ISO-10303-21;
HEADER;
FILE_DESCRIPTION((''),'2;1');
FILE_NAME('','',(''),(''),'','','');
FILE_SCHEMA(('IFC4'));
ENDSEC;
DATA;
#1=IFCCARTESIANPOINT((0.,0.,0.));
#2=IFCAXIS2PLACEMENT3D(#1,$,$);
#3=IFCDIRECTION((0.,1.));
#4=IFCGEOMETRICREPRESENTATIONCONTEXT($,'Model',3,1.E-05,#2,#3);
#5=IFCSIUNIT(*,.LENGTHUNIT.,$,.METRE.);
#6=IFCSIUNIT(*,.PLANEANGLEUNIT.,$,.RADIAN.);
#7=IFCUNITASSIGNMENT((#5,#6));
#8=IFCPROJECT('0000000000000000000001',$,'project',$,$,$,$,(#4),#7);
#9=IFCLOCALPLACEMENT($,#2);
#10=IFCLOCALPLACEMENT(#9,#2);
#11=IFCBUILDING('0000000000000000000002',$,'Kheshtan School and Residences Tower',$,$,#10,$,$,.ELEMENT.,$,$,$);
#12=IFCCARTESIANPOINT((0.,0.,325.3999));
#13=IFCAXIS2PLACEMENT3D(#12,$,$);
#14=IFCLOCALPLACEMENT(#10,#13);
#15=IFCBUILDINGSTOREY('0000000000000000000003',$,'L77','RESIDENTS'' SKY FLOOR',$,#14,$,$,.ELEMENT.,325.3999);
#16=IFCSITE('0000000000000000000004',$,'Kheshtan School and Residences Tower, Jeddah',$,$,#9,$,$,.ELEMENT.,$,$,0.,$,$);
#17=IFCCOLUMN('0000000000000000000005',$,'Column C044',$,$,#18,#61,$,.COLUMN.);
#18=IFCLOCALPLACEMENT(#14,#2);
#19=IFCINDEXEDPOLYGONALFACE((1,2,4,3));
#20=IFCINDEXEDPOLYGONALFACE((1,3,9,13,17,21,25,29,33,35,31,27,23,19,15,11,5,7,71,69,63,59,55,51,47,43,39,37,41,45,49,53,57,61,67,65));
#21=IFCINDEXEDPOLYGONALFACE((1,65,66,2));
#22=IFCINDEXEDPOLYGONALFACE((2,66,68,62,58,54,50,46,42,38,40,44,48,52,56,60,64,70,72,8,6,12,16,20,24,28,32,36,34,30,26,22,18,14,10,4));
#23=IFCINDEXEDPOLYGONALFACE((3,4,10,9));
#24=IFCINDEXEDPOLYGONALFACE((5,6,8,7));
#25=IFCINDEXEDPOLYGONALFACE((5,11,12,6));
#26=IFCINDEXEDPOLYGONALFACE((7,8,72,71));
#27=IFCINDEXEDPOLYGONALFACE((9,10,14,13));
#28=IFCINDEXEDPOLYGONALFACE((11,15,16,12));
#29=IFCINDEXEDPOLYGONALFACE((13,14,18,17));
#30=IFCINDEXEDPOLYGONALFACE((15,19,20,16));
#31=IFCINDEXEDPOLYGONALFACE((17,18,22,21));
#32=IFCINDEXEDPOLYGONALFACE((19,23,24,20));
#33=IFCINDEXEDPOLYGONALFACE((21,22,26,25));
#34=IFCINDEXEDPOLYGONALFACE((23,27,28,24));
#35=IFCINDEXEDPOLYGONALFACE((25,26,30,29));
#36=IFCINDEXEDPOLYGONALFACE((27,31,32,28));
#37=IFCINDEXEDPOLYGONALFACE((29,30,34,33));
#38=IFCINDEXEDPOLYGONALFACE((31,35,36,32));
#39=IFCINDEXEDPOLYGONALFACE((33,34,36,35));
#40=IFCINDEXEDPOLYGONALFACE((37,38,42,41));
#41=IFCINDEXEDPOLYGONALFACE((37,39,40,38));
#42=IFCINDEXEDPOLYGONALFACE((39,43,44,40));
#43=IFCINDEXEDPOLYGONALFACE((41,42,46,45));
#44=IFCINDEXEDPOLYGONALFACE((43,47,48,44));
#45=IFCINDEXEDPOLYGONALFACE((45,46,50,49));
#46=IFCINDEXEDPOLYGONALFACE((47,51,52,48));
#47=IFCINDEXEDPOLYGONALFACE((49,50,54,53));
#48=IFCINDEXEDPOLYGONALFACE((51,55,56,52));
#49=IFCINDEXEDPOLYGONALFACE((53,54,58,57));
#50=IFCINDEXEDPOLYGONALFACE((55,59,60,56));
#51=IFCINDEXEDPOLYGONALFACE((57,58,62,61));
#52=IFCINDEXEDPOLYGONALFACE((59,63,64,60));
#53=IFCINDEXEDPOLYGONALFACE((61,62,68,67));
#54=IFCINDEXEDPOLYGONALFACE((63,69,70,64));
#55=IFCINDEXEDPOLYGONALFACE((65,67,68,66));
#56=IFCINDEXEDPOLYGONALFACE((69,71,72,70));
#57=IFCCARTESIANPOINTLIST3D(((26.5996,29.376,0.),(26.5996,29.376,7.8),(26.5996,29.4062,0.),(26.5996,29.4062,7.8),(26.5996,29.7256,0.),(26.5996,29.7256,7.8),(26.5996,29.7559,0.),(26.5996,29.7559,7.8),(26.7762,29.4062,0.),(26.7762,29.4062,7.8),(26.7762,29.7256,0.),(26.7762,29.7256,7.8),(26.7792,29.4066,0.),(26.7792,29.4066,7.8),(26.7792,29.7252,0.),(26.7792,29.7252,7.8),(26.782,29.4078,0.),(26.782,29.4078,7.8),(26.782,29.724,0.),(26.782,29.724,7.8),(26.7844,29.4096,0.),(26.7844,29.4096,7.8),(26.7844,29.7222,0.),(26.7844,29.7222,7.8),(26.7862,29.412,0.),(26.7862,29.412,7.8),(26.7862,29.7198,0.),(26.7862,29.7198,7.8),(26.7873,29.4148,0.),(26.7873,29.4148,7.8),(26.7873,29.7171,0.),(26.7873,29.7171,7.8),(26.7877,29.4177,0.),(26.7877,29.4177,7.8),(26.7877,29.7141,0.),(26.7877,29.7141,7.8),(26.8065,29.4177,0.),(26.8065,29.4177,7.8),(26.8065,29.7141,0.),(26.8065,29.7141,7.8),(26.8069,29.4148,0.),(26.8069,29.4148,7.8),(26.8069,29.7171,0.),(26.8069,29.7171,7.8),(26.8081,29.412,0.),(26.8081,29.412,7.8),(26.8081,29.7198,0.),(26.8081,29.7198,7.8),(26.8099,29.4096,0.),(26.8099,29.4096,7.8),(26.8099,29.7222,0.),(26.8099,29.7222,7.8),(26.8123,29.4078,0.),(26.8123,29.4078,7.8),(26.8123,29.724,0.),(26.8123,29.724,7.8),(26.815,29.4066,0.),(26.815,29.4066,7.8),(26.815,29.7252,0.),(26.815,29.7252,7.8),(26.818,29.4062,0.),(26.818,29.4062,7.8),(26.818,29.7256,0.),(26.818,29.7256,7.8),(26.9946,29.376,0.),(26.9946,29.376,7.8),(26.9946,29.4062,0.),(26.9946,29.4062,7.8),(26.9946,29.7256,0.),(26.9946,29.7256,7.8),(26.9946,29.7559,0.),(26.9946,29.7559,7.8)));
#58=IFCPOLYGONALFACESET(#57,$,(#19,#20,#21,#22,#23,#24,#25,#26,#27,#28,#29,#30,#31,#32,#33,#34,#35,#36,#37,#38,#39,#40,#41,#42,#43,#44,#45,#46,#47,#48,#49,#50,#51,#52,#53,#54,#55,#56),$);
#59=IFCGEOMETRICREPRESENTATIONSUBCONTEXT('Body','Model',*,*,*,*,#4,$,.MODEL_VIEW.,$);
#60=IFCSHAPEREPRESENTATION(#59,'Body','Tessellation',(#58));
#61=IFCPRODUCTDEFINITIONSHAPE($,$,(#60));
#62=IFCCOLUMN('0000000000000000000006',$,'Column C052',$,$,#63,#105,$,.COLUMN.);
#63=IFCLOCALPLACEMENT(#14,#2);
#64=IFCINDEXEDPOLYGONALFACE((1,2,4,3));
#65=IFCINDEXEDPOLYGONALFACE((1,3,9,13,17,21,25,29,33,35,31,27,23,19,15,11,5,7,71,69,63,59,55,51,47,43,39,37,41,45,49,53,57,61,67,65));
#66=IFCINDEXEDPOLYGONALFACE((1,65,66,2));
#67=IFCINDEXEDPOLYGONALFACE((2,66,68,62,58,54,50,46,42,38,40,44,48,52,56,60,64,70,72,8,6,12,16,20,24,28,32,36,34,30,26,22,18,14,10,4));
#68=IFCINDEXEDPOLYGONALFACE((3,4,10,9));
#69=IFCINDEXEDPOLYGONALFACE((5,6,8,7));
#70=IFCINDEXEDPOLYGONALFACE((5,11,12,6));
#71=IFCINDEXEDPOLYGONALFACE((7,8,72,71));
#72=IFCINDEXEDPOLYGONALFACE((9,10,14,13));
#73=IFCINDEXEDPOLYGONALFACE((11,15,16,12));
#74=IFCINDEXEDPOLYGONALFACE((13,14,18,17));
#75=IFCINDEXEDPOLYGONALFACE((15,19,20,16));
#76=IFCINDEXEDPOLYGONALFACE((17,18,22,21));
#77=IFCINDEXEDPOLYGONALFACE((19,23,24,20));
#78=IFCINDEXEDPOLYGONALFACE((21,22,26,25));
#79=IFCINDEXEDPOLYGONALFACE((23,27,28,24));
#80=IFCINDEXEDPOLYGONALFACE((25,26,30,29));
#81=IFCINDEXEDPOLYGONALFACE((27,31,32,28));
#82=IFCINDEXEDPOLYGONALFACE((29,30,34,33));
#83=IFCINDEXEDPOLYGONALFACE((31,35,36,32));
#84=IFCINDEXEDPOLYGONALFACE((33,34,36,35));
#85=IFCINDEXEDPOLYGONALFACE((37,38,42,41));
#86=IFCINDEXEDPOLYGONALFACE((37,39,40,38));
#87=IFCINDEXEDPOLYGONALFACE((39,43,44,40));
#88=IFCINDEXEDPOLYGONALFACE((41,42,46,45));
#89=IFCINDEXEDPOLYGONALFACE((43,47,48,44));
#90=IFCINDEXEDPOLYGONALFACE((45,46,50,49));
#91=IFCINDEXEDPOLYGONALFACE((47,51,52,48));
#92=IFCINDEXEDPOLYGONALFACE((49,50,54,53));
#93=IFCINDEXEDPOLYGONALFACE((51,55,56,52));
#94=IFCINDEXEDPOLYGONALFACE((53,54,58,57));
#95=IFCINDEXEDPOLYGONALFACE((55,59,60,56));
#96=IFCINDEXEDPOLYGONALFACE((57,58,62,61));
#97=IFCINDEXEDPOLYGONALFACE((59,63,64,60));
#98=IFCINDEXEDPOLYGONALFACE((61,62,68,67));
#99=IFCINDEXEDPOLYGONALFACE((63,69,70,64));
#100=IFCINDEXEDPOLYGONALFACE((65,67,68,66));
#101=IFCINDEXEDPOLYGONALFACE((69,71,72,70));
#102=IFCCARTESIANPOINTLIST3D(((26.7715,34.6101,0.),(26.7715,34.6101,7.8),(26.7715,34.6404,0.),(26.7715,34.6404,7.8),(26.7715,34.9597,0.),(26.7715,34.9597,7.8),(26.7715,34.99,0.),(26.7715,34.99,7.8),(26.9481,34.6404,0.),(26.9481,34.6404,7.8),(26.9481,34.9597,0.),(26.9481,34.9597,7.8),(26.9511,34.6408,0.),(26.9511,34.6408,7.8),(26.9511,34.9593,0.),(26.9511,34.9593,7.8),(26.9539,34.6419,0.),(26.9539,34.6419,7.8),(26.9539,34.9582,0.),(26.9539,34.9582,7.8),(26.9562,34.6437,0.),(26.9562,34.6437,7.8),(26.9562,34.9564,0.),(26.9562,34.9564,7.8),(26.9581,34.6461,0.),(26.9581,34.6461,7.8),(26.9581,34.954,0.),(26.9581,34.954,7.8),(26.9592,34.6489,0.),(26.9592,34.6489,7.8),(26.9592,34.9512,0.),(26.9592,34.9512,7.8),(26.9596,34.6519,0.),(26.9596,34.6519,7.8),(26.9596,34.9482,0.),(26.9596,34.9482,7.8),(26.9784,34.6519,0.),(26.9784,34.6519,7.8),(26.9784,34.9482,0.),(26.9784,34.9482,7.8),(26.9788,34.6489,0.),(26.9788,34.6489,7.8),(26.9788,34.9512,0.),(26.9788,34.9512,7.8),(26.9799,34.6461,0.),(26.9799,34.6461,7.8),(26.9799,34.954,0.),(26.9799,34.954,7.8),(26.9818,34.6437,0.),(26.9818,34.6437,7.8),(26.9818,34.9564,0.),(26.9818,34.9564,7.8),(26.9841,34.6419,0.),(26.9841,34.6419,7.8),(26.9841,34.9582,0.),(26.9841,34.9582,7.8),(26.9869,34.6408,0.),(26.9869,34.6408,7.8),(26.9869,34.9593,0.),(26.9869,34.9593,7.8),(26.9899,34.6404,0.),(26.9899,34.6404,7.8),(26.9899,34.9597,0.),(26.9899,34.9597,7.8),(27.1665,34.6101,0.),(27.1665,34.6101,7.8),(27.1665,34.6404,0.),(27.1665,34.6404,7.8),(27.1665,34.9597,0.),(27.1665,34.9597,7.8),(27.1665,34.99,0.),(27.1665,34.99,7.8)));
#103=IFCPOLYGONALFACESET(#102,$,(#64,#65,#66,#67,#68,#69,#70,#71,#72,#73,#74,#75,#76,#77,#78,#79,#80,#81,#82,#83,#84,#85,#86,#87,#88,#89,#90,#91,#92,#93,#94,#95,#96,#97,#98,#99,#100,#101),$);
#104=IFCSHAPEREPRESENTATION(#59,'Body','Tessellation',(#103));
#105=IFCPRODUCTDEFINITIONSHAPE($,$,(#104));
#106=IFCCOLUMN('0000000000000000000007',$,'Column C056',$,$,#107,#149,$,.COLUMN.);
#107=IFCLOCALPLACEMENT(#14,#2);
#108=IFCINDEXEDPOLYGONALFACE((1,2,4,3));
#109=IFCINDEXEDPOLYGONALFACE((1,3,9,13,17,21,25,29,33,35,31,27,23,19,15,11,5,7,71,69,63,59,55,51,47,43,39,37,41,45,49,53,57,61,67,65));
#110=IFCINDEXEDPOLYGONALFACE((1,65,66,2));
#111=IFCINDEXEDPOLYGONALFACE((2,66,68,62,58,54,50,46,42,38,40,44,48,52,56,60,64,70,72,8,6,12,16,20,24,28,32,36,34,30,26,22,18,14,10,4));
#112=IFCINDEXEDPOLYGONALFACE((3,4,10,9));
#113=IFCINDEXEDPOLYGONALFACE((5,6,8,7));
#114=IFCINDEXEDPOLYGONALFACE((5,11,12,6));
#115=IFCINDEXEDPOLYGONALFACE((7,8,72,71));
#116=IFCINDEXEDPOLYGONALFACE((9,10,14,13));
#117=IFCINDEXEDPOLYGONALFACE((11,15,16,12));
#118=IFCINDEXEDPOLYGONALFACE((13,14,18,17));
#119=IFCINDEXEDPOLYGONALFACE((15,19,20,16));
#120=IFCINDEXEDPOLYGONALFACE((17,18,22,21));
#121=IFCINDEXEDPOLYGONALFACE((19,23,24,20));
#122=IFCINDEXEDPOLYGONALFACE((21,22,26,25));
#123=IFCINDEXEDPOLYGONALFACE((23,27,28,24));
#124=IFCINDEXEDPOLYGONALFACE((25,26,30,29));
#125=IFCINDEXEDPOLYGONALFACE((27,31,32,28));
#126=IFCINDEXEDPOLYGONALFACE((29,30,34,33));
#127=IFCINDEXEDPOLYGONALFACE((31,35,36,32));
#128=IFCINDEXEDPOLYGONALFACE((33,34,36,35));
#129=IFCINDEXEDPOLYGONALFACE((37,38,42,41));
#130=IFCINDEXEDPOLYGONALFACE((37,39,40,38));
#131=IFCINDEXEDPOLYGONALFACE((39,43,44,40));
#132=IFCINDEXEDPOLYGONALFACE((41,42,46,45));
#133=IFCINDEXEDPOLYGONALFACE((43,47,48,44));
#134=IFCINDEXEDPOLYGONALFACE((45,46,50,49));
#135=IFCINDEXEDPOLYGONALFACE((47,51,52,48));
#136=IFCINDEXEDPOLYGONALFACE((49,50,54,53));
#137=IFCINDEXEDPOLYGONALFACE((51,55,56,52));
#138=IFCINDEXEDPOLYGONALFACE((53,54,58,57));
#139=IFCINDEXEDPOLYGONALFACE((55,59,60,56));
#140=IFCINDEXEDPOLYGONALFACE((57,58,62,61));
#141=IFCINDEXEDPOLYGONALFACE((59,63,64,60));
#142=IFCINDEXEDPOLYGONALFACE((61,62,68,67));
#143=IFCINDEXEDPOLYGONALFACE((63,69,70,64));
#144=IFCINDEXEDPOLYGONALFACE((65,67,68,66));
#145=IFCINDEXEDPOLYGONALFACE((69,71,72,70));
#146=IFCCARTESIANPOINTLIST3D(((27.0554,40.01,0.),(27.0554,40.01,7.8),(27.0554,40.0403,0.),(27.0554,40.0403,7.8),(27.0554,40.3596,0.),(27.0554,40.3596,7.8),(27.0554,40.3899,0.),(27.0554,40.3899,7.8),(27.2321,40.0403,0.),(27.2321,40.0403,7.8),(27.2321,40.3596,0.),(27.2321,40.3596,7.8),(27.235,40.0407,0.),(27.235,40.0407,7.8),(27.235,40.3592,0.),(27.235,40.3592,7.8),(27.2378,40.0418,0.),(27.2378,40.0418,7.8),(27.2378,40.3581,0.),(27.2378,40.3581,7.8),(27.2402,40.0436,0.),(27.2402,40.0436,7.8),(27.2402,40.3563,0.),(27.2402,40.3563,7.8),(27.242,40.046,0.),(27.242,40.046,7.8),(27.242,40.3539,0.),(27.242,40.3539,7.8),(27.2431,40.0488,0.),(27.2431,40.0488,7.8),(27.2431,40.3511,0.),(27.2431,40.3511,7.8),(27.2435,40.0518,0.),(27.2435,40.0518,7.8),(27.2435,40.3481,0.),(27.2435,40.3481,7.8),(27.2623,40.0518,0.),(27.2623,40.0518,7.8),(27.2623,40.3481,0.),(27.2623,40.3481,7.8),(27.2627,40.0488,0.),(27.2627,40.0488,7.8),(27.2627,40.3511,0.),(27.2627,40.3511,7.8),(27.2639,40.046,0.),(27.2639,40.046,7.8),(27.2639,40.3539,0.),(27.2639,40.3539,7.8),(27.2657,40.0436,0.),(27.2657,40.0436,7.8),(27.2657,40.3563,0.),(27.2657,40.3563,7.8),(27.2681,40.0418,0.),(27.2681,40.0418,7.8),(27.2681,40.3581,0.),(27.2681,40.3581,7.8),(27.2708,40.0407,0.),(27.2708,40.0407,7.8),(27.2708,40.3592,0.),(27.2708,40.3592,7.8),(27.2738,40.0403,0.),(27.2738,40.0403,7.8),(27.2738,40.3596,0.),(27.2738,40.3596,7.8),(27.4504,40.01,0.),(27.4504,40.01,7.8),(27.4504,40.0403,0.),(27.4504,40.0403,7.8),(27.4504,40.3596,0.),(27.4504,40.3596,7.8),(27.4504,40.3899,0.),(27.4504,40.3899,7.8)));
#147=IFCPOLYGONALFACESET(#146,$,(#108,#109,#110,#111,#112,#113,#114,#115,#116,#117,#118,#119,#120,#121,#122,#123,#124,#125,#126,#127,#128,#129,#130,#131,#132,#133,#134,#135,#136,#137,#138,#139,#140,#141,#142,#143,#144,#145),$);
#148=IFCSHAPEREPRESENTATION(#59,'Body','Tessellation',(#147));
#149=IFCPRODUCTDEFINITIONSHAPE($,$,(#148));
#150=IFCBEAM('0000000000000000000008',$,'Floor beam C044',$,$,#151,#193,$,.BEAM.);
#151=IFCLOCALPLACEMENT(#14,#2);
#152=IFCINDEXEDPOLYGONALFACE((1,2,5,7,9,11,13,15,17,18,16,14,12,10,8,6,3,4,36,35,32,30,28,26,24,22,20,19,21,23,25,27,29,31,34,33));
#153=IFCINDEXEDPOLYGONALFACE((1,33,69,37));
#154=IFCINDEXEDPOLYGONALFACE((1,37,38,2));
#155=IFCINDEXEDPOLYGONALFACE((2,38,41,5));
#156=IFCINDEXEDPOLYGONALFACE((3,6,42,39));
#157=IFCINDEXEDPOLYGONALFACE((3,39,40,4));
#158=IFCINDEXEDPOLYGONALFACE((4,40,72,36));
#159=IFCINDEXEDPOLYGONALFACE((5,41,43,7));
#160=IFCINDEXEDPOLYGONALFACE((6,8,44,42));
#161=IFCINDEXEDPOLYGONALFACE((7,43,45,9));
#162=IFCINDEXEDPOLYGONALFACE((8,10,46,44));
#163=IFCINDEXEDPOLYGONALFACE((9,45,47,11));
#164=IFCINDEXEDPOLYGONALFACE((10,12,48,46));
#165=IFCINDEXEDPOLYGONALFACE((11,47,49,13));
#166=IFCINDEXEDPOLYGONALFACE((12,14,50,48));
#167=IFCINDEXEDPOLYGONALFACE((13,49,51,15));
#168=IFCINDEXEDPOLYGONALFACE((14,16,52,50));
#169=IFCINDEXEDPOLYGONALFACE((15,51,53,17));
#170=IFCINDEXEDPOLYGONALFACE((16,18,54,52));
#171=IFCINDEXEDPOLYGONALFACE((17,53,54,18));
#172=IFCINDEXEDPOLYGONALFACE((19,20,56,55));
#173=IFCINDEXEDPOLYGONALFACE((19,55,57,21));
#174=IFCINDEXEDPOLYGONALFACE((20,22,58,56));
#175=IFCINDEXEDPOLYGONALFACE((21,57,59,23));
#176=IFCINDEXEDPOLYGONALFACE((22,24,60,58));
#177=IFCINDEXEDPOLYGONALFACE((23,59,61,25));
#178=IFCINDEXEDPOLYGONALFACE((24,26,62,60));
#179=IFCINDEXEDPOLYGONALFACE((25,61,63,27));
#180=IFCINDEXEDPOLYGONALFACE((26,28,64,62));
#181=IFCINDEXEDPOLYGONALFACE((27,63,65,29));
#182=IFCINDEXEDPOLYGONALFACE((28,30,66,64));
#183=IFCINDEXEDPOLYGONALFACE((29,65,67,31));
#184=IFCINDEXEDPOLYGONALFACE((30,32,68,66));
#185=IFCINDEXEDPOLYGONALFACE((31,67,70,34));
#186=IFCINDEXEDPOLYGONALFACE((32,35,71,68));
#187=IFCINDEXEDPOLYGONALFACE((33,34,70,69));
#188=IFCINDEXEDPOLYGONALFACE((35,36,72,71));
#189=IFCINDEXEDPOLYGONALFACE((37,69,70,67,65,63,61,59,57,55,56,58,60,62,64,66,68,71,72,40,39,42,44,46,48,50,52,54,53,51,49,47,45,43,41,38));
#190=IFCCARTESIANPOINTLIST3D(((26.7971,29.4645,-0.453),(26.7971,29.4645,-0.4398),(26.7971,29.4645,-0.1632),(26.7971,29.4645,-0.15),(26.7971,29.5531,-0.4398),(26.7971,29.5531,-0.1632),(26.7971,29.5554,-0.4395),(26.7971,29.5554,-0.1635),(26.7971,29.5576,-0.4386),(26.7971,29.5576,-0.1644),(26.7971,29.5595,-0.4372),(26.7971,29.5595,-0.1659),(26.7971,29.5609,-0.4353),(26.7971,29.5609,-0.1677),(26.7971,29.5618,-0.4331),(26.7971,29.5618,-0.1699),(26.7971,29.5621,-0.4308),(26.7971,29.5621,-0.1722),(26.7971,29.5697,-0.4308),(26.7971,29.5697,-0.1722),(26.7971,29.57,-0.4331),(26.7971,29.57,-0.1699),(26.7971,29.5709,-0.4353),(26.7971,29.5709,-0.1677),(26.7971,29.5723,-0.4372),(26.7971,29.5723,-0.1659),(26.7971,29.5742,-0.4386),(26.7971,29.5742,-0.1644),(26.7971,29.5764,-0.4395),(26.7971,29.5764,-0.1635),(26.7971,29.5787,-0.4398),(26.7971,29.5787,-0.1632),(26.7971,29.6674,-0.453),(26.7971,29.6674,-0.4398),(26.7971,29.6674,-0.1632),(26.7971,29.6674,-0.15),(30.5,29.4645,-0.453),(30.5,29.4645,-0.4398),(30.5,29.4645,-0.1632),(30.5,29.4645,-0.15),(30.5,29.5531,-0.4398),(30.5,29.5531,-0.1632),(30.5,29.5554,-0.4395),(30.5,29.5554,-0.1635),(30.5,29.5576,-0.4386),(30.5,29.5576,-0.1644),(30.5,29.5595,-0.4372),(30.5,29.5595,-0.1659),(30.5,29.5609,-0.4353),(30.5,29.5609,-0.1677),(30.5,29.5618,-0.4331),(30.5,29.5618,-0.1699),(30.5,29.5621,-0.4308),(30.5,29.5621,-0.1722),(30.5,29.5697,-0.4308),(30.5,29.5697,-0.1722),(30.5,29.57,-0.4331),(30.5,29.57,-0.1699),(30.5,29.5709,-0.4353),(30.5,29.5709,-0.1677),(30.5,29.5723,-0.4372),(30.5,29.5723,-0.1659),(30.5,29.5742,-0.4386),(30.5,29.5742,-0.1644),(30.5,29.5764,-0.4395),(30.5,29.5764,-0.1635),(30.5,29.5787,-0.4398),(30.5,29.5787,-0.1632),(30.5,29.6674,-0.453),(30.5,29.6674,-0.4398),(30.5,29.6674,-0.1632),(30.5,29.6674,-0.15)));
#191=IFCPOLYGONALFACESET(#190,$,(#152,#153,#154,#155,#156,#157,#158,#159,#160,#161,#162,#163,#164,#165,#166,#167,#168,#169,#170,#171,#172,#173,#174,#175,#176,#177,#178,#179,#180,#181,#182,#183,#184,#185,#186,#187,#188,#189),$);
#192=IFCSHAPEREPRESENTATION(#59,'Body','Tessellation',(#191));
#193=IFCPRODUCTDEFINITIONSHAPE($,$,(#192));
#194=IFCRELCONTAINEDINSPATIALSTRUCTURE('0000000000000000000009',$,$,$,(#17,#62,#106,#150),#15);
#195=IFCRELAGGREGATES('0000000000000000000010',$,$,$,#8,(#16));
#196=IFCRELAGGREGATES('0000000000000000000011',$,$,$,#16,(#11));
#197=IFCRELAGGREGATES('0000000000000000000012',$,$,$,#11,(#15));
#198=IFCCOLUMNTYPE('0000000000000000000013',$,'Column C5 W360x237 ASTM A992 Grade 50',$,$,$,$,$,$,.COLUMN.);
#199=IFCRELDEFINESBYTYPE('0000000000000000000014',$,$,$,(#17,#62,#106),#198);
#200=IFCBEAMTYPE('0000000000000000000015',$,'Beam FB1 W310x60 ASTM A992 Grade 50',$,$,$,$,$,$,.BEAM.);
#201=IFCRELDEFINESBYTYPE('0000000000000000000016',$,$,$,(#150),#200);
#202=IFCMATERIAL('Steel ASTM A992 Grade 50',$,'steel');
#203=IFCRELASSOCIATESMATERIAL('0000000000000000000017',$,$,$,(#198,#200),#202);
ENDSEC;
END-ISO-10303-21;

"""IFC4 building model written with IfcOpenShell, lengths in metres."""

from ifc_helpers import new_model, si_unit, direction, frame, origin, origin_2d, place, context, subcontext, project, spatial, i_section, extrude, material, material_profile, profile_set, type_object, element, save


model = new_model("IFC4")

# Units and contexts
model_context = context("Model", 3, precision=1e-05, world=origin(), true_north=direction((0.0, 1.0)))
body_context = subcontext(model_context, "Body", "Model", "MODEL_VIEW")
ifc_project = project(units=[si_unit("LENGTHUNIT", "METRE"), si_unit("PLANEANGLEUNIT", "RADIAN")], contexts=[model_context])

# Site, building, storey
site_placement = place(None, origin())
site = spatial("IfcSite", under=ifc_project, at=site_placement, Name="Kheshtan School and Residences Tower, Jeddah", CompositionType="ELEMENT", RefElevation=0.0)
building_placement = place(site_placement, origin())
building = spatial("IfcBuilding", under=site, at=building_placement, Name="Kheshtan School and Residences Tower", CompositionType="ELEMENT")
storey_placement = place(building_placement, frame((0.0, 0.0, 325.3999)))
storey = spatial("IfcBuildingStorey", under=building, at=storey_placement, Name="L77", Description="RESIDENTS' SKY FLOOR", CompositionType="ELEMENT", Elevation=325.3999)

# Columns
ifc_material_1 = material(Name="Steel ASTM A992 Grade 50", Category="steel")
ifc_material_profile_1 = material_profile(ifc_material_1, i_section(OverallWidth=0.395, OverallDepth=0.3799, WebThickness=0.0188, FlangeThickness=0.0303, FilletRadius=0.0115, at=origin_2d()), Name="W360x237")
ifc_profile_set_1 = profile_set([ifc_material_profile_1], Name="Steel ASTM A992 Grade 50")
column_type = type_object("IfcColumnType", Name="Column C5 W360x237 ASTM A992 Grade 50", PredefinedType="COLUMN", material=ifc_profile_set_1)
for number, where, z_axis, x_axis, name in (
    (1, (26.7971, 29.5659, 0.0), (0.0, 0.0, 1.0), (1.0, 0.0, 0.0), "Column C044"),
    (2, (26.969, 34.8, 0.0), (0.0, 0.0, 1.0), (1.0, 0.0, 0.0), "Column C052"),
    (3, (27.2529, 40.2, 0.0), (0.0, 0.0, 1.0), (1.0, 0.0, 0.0), "Column C056"),
):
    element("IfcColumn", number, at=place(storey_placement, frame(where, z_axis=z_axis, x_axis=x_axis)), inside=storey, type_object=column_type, Name=name, PredefinedType="COLUMN", context=body_context, shape_type="SweptSolid", body=[
        extrude(i_section(OverallWidth=0.395, OverallDepth=0.3799, WebThickness=0.0188, FlangeThickness=0.0303, FilletRadius=0.0115, at=origin_2d()), origin(), (0.0, 0.0, 1.0), 7.8),
    ])

# Beam
ifc_material_profile_2 = material_profile(ifc_material_1, i_section(OverallWidth=0.2029, OverallDepth=0.303, WebThickness=0.0076, FlangeThickness=0.0132, FilletRadius=0.009, at=origin_2d()), Name="W310x60")
ifc_profile_set_2 = profile_set([ifc_material_profile_2], Name="Steel ASTM A992 Grade 50")
beam_type_1 = type_object("IfcBeamType", Name="Beam FB1 W310x60 ASTM A992 Grade 50", PredefinedType="BEAM", material=ifc_profile_set_2)
beam_1_placement = place(storey_placement, frame((26.7971, 29.5659, -0.3015), z_axis=(1.0, 0.0, 0.0), x_axis=(0.0, 1.0, 0.0)))
element("IfcBeam", 4, at=beam_1_placement, inside=storey, type_object=beam_type_1, Name="Floor beam C044", PredefinedType="BEAM", context=body_context, shape_type="SweptSolid", body=[
    extrude(i_section(OverallWidth=0.2029, OverallDepth=0.303, WebThickness=0.0076, FlangeThickness=0.0132, FilletRadius=0.009, at=origin_2d()), origin(), (0.0, 0.0, 1.0), 3.7029),
])

save(model, "model.ifc")
